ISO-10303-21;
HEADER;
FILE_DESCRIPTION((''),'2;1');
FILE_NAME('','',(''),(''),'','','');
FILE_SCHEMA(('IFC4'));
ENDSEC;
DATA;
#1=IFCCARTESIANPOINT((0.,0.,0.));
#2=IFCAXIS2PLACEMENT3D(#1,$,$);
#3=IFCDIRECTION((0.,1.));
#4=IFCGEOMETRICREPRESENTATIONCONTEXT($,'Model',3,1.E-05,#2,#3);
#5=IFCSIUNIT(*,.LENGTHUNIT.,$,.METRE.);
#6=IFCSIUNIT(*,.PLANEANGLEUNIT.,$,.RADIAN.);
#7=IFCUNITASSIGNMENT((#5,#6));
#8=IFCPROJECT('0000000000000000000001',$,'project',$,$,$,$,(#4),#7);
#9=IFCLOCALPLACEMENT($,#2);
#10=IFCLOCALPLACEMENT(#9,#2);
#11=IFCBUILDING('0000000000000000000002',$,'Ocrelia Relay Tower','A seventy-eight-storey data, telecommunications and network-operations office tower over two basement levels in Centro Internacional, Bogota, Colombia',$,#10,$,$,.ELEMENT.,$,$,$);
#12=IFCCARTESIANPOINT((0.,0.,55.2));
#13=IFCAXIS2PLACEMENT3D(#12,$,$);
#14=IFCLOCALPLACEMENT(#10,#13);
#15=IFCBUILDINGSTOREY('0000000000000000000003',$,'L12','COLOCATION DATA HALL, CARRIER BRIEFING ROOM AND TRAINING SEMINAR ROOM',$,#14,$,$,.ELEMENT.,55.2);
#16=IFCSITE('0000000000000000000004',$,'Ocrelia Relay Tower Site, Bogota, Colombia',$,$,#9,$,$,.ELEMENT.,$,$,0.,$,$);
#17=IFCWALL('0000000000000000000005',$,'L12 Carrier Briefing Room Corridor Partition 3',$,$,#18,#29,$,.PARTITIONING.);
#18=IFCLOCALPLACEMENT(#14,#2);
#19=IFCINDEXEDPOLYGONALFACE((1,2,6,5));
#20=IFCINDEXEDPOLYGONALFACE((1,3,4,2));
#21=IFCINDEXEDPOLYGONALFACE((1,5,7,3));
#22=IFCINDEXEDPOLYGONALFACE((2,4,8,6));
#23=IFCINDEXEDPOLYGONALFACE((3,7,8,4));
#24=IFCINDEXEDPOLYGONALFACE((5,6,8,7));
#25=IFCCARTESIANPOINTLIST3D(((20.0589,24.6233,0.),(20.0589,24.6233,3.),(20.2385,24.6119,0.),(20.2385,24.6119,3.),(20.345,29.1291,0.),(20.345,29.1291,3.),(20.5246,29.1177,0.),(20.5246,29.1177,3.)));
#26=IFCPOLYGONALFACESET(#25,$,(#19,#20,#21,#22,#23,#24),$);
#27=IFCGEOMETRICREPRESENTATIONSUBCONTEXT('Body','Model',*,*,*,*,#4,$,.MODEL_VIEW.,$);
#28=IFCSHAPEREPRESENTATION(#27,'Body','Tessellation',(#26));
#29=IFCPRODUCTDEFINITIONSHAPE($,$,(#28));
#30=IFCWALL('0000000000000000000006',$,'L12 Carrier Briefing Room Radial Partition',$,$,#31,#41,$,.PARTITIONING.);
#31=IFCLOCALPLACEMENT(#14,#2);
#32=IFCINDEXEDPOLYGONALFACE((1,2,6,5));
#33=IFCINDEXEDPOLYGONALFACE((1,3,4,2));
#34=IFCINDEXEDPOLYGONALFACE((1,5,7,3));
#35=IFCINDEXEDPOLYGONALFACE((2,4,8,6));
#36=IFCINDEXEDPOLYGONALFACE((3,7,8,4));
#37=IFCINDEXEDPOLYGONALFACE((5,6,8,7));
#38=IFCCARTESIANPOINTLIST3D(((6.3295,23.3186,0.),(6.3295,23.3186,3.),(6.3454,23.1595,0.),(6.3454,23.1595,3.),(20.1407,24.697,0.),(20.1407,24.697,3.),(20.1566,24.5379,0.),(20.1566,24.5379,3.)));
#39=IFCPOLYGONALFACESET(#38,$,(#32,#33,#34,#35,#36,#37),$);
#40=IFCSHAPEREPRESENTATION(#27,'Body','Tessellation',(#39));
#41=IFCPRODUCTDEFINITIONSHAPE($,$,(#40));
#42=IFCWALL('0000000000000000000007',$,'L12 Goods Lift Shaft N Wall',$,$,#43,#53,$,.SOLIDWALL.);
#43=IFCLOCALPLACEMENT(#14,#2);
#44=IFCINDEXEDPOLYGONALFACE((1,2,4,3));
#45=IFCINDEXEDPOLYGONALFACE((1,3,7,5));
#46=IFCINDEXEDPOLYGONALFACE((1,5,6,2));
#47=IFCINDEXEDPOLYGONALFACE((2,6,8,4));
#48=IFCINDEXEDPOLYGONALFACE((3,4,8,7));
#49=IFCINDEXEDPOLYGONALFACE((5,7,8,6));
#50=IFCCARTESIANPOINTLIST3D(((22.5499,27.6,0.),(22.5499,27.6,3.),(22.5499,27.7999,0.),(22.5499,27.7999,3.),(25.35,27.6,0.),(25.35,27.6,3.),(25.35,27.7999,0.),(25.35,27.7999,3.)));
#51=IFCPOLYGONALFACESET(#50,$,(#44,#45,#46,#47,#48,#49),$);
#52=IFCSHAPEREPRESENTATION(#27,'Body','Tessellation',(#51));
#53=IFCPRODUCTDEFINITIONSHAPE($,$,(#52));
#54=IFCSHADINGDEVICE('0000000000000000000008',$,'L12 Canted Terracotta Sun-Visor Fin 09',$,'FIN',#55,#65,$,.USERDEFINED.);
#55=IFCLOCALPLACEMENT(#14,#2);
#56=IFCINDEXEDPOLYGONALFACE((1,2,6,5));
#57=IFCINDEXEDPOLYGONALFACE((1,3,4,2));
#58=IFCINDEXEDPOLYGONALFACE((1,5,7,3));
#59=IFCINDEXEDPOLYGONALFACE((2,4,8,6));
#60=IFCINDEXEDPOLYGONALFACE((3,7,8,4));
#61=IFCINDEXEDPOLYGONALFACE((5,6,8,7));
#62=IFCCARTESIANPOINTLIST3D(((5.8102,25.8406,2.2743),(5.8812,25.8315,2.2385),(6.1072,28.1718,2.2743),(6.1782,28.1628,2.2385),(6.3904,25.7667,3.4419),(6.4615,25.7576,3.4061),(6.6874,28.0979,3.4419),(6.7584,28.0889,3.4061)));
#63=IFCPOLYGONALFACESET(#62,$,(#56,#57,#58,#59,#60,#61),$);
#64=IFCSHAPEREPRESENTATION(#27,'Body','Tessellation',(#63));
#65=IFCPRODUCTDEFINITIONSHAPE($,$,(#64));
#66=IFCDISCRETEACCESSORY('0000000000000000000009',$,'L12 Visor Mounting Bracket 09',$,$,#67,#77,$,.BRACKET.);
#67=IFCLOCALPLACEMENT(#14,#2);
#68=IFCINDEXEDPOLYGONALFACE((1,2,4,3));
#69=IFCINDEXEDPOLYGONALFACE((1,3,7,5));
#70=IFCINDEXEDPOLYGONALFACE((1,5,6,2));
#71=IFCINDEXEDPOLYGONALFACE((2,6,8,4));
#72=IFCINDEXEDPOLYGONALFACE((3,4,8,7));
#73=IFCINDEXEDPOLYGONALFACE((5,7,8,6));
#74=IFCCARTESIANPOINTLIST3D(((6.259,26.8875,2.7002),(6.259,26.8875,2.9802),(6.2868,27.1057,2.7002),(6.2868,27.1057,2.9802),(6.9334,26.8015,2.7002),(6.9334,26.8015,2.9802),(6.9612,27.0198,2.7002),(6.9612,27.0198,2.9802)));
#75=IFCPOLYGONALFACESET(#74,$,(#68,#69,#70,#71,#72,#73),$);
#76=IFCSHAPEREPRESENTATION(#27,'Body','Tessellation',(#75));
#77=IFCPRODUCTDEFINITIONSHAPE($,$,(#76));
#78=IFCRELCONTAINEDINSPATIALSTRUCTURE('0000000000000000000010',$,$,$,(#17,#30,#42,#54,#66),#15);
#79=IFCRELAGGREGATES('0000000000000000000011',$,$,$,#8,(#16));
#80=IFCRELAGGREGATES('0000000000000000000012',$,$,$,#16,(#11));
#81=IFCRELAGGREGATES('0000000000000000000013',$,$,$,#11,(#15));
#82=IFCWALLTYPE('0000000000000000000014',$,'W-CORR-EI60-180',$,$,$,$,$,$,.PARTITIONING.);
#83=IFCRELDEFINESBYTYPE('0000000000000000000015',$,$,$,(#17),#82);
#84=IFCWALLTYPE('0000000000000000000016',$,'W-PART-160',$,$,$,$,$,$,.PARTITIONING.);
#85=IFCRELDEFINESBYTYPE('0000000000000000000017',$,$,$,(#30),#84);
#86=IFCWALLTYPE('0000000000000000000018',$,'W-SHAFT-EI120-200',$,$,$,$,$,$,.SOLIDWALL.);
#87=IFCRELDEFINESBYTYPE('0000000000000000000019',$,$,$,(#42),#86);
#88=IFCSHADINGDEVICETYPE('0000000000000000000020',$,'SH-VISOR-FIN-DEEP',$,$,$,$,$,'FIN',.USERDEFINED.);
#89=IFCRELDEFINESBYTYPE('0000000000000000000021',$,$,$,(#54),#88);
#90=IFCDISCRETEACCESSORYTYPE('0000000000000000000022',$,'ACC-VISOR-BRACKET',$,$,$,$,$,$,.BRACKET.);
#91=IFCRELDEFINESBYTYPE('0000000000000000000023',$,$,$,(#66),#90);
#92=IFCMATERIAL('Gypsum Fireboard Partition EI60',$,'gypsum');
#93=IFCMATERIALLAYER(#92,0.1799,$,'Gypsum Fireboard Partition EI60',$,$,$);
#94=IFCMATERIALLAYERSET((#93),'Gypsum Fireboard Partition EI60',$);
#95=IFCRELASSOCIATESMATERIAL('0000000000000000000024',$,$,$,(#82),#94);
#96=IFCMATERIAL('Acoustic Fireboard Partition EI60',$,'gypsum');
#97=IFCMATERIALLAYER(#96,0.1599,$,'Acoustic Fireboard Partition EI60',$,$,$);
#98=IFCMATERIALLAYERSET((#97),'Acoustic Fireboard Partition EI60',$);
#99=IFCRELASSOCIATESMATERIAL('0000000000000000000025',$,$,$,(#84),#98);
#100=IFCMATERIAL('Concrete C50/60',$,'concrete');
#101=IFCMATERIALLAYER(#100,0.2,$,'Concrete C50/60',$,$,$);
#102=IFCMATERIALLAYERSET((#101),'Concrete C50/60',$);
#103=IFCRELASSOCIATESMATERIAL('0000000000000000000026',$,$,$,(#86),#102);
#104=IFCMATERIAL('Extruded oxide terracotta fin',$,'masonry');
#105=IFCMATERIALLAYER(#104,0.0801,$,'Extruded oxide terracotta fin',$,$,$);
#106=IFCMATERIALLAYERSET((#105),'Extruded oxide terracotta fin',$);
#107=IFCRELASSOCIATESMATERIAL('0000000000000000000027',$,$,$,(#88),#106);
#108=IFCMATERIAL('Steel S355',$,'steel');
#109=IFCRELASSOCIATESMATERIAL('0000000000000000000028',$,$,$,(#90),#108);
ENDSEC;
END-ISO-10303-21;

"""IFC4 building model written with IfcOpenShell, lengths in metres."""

from ifc_helpers import new_model, si_unit, direction, frame, frame_2d, origin, origin_2d, place, context, subcontext, project, spatial, rectangle, extrude, material, layer, layer_set, type_object, element, save


model = new_model("IFC4")

# Units and contexts
model_context = context("Model", 3, precision=1e-05, world=origin(), true_north=direction((0.0, 1.0)))
body_context = subcontext(model_context, "Body", "Model", "MODEL_VIEW")
ifc_project = project(units=[si_unit("LENGTHUNIT", "METRE"), si_unit("PLANEANGLEUNIT", "RADIAN")], contexts=[model_context])

# Site, building, storey
site_placement = place(None, origin())
site = spatial("IfcSite", under=ifc_project, at=site_placement, Name="Ocrelia Relay Tower Site, Bogota, Colombia", CompositionType="ELEMENT", RefElevation=0.0)
building_placement = place(site_placement, origin())
building = spatial("IfcBuilding", under=site, at=building_placement, Name="Ocrelia Relay Tower", Description="A seventy-eight-storey data, telecommunications and network-operations office tower over two basement levels in Centro Internacional, Bogota, Colombia", CompositionType="ELEMENT")
storey_placement = place(building_placement, frame((0.0, 0.0, 55.2)))
storey = spatial("IfcBuildingStorey", under=building, at=storey_placement, Name="L12", Description="COLOCATION DATA HALL, CARRIER BRIEFING ROOM AND TRAINING SEMINAR ROOM", CompositionType="ELEMENT", Elevation=55.2)

# Shared definitions
ifc_material_1 = material(Name="Steel S355", Category="steel")

# Wall
ifc_material_2 = material(Name="Gypsum Fireboard Partition EI60", Category="gypsum")
ifc_layer_1 = layer(ifc_material_2, 0.1799, Name="Gypsum Fireboard Partition EI60")
ifc_layer_set_1 = layer_set([ifc_layer_1], Name="Gypsum Fireboard Partition EI60")
wall_type_1 = type_object("IfcWallType", Name="W-CORR-EI60-180", PredefinedType="PARTITIONING", material=ifc_layer_set_1)
wall_1_placement = place(storey_placement, frame((20.4348, 29.1233, 0.0), z_axis=(0.0, 0.0, 1.0), x_axis=(-0.063375, -0.99799, 0.0)))
element("IfcWall", 1, at=wall_1_placement, inside=storey, type_object=wall_type_1, Name="L12 Carrier Briefing Room Corridor Partition 3", PredefinedType="PARTITIONING", context=body_context, shape_type="SweptSolid", body=[
    extrude(rectangle(XDim=4.5149, YDim=0.1799, at=frame_2d((2.2573, 0.0))), origin(), (0.0, 0.0, 1.0), 3.0),
])

# Walls
ifc_material_3 = material(Name="Acoustic Fireboard Partition EI60", Category="gypsum")
ifc_layer_2 = layer(ifc_material_3, 0.1599, Name="Acoustic Fireboard Partition EI60")
ifc_layer_set_2 = layer_set([ifc_layer_2], Name="Acoustic Fireboard Partition EI60")
wall_type_2 = type_object("IfcWallType", Name="W-PART-160", PredefinedType="PARTITIONING", material=ifc_layer_set_2)
wall_2_placement = place(storey_placement, frame((20.1487, 24.6174, 0.0), z_axis=(0.0, 0.0, 1.0), x_axis=(-0.995057, -0.09931, 0.0)))
element("IfcWall", 2, at=wall_2_placement, inside=storey, type_object=wall_type_2, Name="L12 Carrier Briefing Room Radial Partition", PredefinedType="PARTITIONING", context=body_context, shape_type="SweptSolid", body=[
    extrude(rectangle(XDim=13.8799, YDim=0.1599, at=frame_2d((6.9399, 0.0))), origin(), (0.0, 0.0, 1.0), 3.0),
])
ifc_material_4 = material(Name="Concrete C50/60", Category="concrete")
ifc_layer_3 = layer(ifc_material_4, 0.2, Name="Concrete C50/60")
ifc_layer_set_3 = layer_set([ifc_layer_3], Name="Concrete C50/60")
wall_type_3 = type_object("IfcWallType", Name="W-SHAFT-EI120-200", PredefinedType="SOLIDWALL", material=ifc_layer_set_3)
wall_3_placement = place(storey_placement, frame((22.55, 27.7, 0.0), z_axis=(0.0, 0.0, 1.0), x_axis=(1.0, 0.0, 0.0)))
element("IfcWall", 3, at=wall_3_placement, inside=storey, type_object=wall_type_3, Name="L12 Goods Lift Shaft N Wall", PredefinedType="SOLIDWALL", context=body_context, shape_type="SweptSolid", body=[
    extrude(rectangle(XDim=2.8, YDim=0.2, at=frame_2d((1.3999, 0.0))), origin(), (0.0, 0.0, 1.0), 3.0),
])

# Shading device
ifc_material_5 = material(Name="Extruded oxide terracotta fin", Category="masonry")
ifc_layer_4 = layer(ifc_material_5, 0.0801, Name="Extruded oxide terracotta fin")
ifc_layer_set_4 = layer_set([ifc_layer_4], Name="Extruded oxide terracotta fin")
shading_device_type = type_object("IfcShadingDeviceType", Name="SH-VISOR-FIN-DEEP", ElementType="FIN", PredefinedType="USERDEFINED", material=ifc_layer_set_4)
shading_device_placement = place(storey_placement, frame((6.3198, 26.9602, 2.8223), z_axis=(-0.886908, 0.112988, 0.447915), x_axis=(-0.126374, -0.991983, 0.0)))
element("IfcShadingDevice", 4, at=shading_device_placement, inside=storey, type_object=shading_device_type, Name="L12 Canted Terracotta Sun-Visor Fin 09", ObjectType="FIN", PredefinedType="USERDEFINED", context=body_context, shape_type="SweptSolid", body=[
    extrude(rectangle(XDim=2.3501, YDim=1.3059, at=origin_2d()), origin(), (0.0, 0.0, 1.0), 0.0801),
])

# Discrete accessory
discrete_accessory_type = type_object("IfcDiscreteAccessoryType", Name="ACC-VISOR-BRACKET", PredefinedType="BRACKET", material=ifc_material_1)
discrete_accessory_placement = place(storey_placement, frame((6.6101, 26.9536, 2.7002), z_axis=(0.0, 0.0, 1.0), x_axis=(-0.126374, -0.991983, 0.0)))
element("IfcDiscreteAccessory", 5, at=discrete_accessory_placement, inside=storey, type_object=discrete_accessory_type, Name="L12 Visor Mounting Bracket 09", PredefinedType="BRACKET", context=body_context, shape_type="SweptSolid", body=[
    extrude(rectangle(XDim=0.22, YDim=0.6799, at=origin_2d()), origin(), (0.0, 0.0, 1.0), 0.28),
])

save(model, "model.ifc")
